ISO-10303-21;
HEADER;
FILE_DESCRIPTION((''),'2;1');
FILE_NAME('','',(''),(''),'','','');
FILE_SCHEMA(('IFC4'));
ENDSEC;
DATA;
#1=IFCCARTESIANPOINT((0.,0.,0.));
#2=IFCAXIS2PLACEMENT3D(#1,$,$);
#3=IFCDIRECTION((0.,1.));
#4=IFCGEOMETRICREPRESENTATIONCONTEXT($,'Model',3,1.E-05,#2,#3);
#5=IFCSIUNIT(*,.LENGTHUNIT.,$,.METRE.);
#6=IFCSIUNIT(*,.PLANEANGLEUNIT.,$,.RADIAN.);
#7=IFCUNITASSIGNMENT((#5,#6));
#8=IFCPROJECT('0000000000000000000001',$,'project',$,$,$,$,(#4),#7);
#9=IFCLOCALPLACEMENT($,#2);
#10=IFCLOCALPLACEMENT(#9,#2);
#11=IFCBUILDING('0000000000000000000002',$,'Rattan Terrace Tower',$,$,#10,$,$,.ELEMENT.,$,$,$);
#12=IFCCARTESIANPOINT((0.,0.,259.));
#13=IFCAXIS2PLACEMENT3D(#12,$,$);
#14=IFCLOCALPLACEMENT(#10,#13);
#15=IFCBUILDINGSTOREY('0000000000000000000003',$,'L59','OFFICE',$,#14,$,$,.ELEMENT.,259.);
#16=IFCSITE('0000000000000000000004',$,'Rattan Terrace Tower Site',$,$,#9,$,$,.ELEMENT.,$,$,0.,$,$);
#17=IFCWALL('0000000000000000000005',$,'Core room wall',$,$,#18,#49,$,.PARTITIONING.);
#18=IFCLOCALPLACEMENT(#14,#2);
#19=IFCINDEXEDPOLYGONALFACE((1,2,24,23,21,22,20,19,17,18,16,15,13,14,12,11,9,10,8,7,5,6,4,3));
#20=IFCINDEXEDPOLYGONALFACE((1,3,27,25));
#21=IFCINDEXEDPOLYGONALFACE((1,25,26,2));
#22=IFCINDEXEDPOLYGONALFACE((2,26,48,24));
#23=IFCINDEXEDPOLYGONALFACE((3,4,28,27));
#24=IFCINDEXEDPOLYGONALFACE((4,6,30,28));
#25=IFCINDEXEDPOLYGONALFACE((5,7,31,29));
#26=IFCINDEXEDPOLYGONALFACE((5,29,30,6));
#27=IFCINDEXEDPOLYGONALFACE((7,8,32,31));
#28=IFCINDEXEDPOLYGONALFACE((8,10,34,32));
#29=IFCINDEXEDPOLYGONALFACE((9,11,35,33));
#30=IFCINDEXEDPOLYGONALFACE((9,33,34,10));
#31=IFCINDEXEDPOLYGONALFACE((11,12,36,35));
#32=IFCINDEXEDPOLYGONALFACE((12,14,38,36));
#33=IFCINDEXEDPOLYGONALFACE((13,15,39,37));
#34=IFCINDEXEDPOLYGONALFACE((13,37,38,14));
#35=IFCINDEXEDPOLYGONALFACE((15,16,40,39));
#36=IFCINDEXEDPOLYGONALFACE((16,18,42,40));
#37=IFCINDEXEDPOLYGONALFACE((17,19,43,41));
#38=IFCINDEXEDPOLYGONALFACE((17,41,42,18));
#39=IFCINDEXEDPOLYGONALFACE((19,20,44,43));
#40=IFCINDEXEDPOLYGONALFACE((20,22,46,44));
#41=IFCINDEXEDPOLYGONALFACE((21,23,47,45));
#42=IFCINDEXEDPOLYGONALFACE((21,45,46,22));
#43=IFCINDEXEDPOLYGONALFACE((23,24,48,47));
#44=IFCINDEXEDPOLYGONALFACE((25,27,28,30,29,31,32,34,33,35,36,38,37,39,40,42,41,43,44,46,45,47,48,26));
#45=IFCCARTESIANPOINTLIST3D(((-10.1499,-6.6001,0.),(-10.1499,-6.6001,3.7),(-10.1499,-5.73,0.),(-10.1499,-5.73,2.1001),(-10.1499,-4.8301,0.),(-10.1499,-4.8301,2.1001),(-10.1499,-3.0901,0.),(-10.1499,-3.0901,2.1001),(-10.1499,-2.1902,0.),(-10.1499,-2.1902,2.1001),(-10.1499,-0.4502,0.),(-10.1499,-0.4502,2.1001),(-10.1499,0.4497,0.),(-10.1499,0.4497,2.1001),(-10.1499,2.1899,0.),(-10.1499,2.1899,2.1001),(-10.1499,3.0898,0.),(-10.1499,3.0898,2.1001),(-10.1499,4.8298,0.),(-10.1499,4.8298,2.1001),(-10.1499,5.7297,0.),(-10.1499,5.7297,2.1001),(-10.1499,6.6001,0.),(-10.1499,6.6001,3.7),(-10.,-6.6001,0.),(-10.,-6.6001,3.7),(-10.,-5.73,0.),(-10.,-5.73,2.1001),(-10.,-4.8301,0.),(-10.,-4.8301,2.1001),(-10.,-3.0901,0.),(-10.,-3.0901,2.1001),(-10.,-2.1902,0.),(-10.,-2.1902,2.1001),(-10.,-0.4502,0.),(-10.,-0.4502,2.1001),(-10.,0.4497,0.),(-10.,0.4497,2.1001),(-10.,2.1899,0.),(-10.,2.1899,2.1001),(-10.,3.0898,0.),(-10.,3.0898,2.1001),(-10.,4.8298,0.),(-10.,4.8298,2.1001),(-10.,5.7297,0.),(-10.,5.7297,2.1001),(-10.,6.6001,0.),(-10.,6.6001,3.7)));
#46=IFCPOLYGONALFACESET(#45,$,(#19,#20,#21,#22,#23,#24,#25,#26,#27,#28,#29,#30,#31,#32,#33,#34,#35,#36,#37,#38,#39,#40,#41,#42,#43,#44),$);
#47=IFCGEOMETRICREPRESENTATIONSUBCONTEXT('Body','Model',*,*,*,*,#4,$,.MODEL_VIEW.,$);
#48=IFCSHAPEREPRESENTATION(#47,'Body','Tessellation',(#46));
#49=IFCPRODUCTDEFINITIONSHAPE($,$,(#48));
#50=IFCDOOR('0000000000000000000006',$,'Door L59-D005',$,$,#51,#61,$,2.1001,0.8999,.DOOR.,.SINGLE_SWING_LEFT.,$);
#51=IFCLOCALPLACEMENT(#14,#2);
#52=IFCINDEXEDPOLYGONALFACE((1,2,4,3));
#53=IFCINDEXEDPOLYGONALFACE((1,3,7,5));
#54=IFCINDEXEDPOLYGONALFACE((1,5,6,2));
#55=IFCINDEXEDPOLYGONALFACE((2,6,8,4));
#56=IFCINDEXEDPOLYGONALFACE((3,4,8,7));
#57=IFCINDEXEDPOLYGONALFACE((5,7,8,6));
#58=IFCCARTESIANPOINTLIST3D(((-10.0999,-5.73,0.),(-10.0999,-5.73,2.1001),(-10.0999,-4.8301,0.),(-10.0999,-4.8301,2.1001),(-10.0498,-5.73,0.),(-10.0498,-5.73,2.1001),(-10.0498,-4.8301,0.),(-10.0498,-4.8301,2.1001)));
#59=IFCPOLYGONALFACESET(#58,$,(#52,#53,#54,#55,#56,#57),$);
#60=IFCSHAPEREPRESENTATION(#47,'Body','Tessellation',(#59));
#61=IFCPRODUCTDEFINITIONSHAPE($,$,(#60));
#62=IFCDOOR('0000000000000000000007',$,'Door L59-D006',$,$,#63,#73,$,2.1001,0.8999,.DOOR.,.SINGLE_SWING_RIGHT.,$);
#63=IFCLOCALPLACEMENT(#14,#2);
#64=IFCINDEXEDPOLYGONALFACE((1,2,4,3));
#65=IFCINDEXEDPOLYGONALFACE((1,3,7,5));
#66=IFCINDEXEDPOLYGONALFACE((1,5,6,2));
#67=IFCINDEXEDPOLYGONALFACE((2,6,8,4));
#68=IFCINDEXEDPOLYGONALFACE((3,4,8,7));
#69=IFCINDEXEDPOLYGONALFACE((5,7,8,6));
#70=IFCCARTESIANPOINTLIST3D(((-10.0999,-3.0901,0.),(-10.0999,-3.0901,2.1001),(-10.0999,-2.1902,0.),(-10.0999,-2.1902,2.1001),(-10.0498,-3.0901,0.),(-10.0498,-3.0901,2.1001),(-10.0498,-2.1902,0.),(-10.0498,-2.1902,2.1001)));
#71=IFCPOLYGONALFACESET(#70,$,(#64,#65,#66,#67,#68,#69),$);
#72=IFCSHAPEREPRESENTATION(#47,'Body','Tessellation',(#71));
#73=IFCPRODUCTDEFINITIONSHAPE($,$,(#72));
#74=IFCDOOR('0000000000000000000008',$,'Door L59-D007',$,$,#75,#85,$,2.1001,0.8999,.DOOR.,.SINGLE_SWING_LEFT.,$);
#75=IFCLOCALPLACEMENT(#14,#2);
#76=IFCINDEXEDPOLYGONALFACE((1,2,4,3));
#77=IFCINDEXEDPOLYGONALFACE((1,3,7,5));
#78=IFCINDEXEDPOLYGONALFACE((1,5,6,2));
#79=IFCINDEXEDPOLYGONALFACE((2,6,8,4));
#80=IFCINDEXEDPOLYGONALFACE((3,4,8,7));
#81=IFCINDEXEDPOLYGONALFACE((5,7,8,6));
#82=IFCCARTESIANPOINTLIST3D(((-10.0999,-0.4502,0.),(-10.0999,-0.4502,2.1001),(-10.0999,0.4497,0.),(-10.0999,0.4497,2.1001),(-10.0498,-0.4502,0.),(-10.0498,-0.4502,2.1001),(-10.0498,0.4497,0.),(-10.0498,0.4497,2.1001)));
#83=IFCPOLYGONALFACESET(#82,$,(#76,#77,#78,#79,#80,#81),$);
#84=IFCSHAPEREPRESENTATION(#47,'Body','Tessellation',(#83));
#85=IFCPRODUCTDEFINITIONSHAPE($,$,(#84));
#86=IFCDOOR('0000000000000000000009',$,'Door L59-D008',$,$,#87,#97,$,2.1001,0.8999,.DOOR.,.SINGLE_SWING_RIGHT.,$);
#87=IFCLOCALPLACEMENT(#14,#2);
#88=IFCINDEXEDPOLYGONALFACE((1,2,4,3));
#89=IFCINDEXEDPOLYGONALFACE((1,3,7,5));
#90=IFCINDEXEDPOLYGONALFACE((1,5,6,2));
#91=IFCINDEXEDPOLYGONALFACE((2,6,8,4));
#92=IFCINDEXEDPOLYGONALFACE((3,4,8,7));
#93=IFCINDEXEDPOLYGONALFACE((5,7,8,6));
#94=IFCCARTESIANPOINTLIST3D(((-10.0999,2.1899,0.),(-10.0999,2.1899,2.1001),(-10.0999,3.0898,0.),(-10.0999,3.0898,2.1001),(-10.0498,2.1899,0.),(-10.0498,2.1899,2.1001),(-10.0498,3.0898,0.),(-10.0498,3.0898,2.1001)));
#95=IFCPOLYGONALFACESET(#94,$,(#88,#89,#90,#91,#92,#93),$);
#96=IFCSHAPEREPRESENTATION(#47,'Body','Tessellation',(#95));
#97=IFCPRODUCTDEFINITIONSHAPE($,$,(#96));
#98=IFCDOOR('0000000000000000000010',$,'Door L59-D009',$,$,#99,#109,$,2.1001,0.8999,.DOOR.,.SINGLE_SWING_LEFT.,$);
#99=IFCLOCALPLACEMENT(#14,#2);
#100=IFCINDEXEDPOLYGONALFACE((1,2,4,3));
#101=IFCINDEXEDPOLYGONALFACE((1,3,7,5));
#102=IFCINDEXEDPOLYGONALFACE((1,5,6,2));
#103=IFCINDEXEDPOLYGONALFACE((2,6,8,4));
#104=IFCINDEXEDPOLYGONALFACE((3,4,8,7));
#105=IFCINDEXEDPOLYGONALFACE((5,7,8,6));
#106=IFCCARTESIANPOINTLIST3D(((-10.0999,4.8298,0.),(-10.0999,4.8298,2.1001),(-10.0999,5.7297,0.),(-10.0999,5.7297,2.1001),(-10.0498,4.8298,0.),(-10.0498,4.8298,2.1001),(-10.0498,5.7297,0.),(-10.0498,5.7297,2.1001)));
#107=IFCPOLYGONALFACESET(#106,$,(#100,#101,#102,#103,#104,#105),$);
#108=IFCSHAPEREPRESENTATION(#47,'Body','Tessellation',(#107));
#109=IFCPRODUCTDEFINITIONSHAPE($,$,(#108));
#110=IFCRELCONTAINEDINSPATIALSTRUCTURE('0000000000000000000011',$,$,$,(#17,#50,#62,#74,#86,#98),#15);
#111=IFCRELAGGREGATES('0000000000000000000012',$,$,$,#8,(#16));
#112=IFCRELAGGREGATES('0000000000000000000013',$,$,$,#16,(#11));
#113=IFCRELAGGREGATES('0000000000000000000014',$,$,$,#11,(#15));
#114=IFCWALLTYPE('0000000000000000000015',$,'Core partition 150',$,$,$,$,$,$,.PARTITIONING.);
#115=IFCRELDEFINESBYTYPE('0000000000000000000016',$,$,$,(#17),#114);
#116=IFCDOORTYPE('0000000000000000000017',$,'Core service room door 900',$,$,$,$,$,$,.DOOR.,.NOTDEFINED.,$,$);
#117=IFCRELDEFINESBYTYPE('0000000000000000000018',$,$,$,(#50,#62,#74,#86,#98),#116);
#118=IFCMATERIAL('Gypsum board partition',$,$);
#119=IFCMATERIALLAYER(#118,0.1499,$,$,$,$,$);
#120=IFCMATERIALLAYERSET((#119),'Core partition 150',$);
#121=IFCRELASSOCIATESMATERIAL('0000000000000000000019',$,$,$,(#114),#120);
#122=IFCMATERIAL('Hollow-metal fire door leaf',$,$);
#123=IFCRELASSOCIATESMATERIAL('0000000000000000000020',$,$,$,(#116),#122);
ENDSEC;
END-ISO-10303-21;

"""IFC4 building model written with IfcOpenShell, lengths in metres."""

from ifc_helpers import new_model, si_unit, direction, frame, frame_2d, origin, place, context, subcontext, project, spatial, rectangle, extrude, material, layer, layer_set, type_object, element, fill, save


model = new_model("IFC4")

# Units and contexts
model_context = context("Model", 3, precision=1e-05, world=origin(), true_north=direction((0.0, 1.0)))
body_context = subcontext(model_context, "Body", "Model", "MODEL_VIEW")
ifc_project = project(units=[si_unit("LENGTHUNIT", "METRE"), si_unit("PLANEANGLEUNIT", "RADIAN")], contexts=[model_context])

# Site, building, storey
site_placement = place(None, origin())
site = spatial("IfcSite", under=ifc_project, at=site_placement, Name="Rattan Terrace Tower Site", CompositionType="ELEMENT", RefElevation=0.0)
building_placement = place(site_placement, origin())
building = spatial("IfcBuilding", under=site, at=building_placement, Name="Rattan Terrace Tower", CompositionType="ELEMENT")
storey_placement = place(building_placement, frame((0.0, 0.0, 259.0)))
storey = spatial("IfcBuildingStorey", under=building, at=storey_placement, Name="L59", Description="OFFICE", CompositionType="ELEMENT", Elevation=259.0)

# Wall, openings, doors
ifc_material_1 = material(Name="Gypsum board partition")
ifc_layer_1 = layer(ifc_material_1, 0.1499)
ifc_layer_set_1 = layer_set([ifc_layer_1], Name="Core partition 150")
wall_type_1 = type_object("IfcWallType", Name="Core partition 150", PredefinedType="PARTITIONING", material=ifc_layer_set_1)
wall_1_placement = place(storey_placement, frame((-10.075, -6.6001, 0.0), z_axis=(0.0, 0.0, 1.0), x_axis=(0.0, 1.0, 0.0)))
wall_1 = element("IfcWall", 1, at=wall_1_placement, inside=storey, type_object=wall_type_1, Name="Core room wall", PredefinedType="PARTITIONING", context=body_context, shape_type="SweptSolid", body=[
    extrude(rectangle(XDim=13.2002, YDim=0.1499, at=frame_2d((6.6001, 0.0))), origin(), (0.0, 0.0, 1.0), 3.7),
])
opening_1_placement = place(wall_1_placement, frame((0.8701, 0.0, 0.0)))
opening_1 = element("IfcOpeningElement", 2, at=opening_1_placement, cuts=wall_1, PredefinedType="OPENING", context=body_context, shape_type="SweptSolid", body=[
    extrude(rectangle(XDim=0.8999, YDim=2.1001, at=frame_2d((0.45, 1.05))), frame((0.0, 0.0854, 0.0), z_axis=(0.0, -1.0, 0.0), x_axis=(1.0, 0.0, 0.0)), (0.0, 0.0, 1.0), 0.1709),
])
opening_2_placement = place(wall_1_placement, frame((3.51, 0.0, 0.0)))
opening_2 = element("IfcOpeningElement", 3, at=opening_2_placement, cuts=wall_1, PredefinedType="OPENING", context=body_context, shape_type="SweptSolid", body=[
    extrude(rectangle(XDim=0.8999, YDim=2.1001, at=frame_2d((0.45, 1.05))), frame((0.0, 0.0854, 0.0), z_axis=(0.0, -1.0, 0.0), x_axis=(1.0, 0.0, 0.0)), (0.0, 0.0, 1.0), 0.1709),
])
opening_3_placement = place(wall_1_placement, frame((6.1499, 0.0, 0.0)))
opening_3 = element("IfcOpeningElement", 4, at=opening_3_placement, cuts=wall_1, PredefinedType="OPENING", context=body_context, shape_type="SweptSolid", body=[
    extrude(rectangle(XDim=0.8999, YDim=2.1001, at=frame_2d((0.45, 1.05))), frame((0.0, 0.0854, 0.0), z_axis=(0.0, -1.0, 0.0), x_axis=(1.0, 0.0, 0.0)), (0.0, 0.0, 1.0), 0.1709),
])
opening_4_placement = place(wall_1_placement, frame((8.79, 0.0, 0.0)))
opening_4 = element("IfcOpeningElement", 5, at=opening_4_placement, cuts=wall_1, PredefinedType="OPENING", context=body_context, shape_type="SweptSolid", body=[
    extrude(rectangle(XDim=0.8999, YDim=2.1001, at=frame_2d((0.45, 1.05))), frame((0.0, 0.0854, 0.0), z_axis=(0.0, -1.0, 0.0), x_axis=(1.0, 0.0, 0.0)), (0.0, 0.0, 1.0), 0.1709),
])
opening_5_placement = place(wall_1_placement, frame((11.4299, 0.0, 0.0)))
opening_5 = element("IfcOpeningElement", 6, at=opening_5_placement, cuts=wall_1, PredefinedType="OPENING", context=body_context, shape_type="SweptSolid", body=[
    extrude(rectangle(XDim=0.8999, YDim=2.1001, at=frame_2d((0.45, 1.05))), frame((0.0, 0.0854, 0.0), z_axis=(0.0, -1.0, 0.0), x_axis=(1.0, 0.0, 0.0)), (0.0, 0.0, 1.0), 0.1709),
])
ifc_material_2 = material(Name="Hollow-metal fire door leaf")
door_type_1 = type_object("IfcDoorType", Name="Core service room door 900", OperationType="NOTDEFINED", PredefinedType="DOOR", material=ifc_material_2)
door_1_placement = place(opening_1_placement, origin())
door_1 = element("IfcDoor", 7, at=door_1_placement, inside=storey, type_object=door_type_1, Name="Door L59-D005", OperationType="SINGLE_SWING_LEFT", OverallHeight=2.1001, OverallWidth=0.8999, PredefinedType="DOOR", context=body_context, shape_type="SweptSolid", body=[
    extrude(rectangle(XDim=0.8999, YDim=2.1001, at=frame_2d((0.45, 1.05))), frame((0.0, 0.0249, 0.0), z_axis=(0.0, -1.0, 0.0), x_axis=(1.0, 0.0, 0.0)), (0.0, 0.0, 1.0), 0.05),
])
fill(opening_1, door_1)
door_2_placement = place(opening_2_placement, origin())
door_2 = element("IfcDoor", 8, at=door_2_placement, inside=storey, type_object=door_type_1, Name="Door L59-D006", OperationType="SINGLE_SWING_RIGHT", OverallHeight=2.1001, OverallWidth=0.8999, PredefinedType="DOOR", context=body_context, shape_type="SweptSolid", body=[
    extrude(rectangle(XDim=0.8999, YDim=2.1001, at=frame_2d((0.45, 1.05))), frame((0.0, 0.0249, 0.0), z_axis=(0.0, -1.0, 0.0), x_axis=(1.0, 0.0, 0.0)), (0.0, 0.0, 1.0), 0.05),
])
fill(opening_2, door_2)
door_3_placement = place(opening_3_placement, origin())
door_3 = element("IfcDoor", 9, at=door_3_placement, inside=storey, type_object=door_type_1, Name="Door L59-D007", OperationType="SINGLE_SWING_LEFT", OverallHeight=2.1001, OverallWidth=0.8999, PredefinedType="DOOR", context=body_context, shape_type="SweptSolid", body=[
    extrude(rectangle(XDim=0.8999, YDim=2.1001, at=frame_2d((0.45, 1.05))), frame((0.0, 0.0249, 0.0), z_axis=(0.0, -1.0, 0.0), x_axis=(1.0, 0.0, 0.0)), (0.0, 0.0, 1.0), 0.05),
])
fill(opening_3, door_3)
door_4_placement = place(opening_4_placement, origin())
door_4 = element("IfcDoor", 10, at=door_4_placement, inside=storey, type_object=door_type_1, Name="Door L59-D008", OperationType="SINGLE_SWING_RIGHT", OverallHeight=2.1001, OverallWidth=0.8999, PredefinedType="DOOR", context=body_context, shape_type="SweptSolid", body=[
    extrude(rectangle(XDim=0.8999, YDim=2.1001, at=frame_2d((0.45, 1.05))), frame((0.0, 0.0249, 0.0), z_axis=(0.0, -1.0, 0.0), x_axis=(1.0, 0.0, 0.0)), (0.0, 0.0, 1.0), 0.05),
])
fill(opening_4, door_4)
door_5_placement = place(opening_5_placement, origin())
door_5 = element("IfcDoor", 11, at=door_5_placement, inside=storey, type_object=door_type_1, Name="Door L59-D009", OperationType="SINGLE_SWING_LEFT", OverallHeight=2.1001, OverallWidth=0.8999, PredefinedType="DOOR", context=body_context, shape_type="SweptSolid", body=[
    extrude(rectangle(XDim=0.8999, YDim=2.1001, at=frame_2d((0.45, 1.05))), frame((0.0, 0.0249, 0.0), z_axis=(0.0, -1.0, 0.0), x_axis=(1.0, 0.0, 0.0)), (0.0, 0.0, 1.0), 0.05),
])
fill(opening_5, door_5)

save(model, "model.ifc")
